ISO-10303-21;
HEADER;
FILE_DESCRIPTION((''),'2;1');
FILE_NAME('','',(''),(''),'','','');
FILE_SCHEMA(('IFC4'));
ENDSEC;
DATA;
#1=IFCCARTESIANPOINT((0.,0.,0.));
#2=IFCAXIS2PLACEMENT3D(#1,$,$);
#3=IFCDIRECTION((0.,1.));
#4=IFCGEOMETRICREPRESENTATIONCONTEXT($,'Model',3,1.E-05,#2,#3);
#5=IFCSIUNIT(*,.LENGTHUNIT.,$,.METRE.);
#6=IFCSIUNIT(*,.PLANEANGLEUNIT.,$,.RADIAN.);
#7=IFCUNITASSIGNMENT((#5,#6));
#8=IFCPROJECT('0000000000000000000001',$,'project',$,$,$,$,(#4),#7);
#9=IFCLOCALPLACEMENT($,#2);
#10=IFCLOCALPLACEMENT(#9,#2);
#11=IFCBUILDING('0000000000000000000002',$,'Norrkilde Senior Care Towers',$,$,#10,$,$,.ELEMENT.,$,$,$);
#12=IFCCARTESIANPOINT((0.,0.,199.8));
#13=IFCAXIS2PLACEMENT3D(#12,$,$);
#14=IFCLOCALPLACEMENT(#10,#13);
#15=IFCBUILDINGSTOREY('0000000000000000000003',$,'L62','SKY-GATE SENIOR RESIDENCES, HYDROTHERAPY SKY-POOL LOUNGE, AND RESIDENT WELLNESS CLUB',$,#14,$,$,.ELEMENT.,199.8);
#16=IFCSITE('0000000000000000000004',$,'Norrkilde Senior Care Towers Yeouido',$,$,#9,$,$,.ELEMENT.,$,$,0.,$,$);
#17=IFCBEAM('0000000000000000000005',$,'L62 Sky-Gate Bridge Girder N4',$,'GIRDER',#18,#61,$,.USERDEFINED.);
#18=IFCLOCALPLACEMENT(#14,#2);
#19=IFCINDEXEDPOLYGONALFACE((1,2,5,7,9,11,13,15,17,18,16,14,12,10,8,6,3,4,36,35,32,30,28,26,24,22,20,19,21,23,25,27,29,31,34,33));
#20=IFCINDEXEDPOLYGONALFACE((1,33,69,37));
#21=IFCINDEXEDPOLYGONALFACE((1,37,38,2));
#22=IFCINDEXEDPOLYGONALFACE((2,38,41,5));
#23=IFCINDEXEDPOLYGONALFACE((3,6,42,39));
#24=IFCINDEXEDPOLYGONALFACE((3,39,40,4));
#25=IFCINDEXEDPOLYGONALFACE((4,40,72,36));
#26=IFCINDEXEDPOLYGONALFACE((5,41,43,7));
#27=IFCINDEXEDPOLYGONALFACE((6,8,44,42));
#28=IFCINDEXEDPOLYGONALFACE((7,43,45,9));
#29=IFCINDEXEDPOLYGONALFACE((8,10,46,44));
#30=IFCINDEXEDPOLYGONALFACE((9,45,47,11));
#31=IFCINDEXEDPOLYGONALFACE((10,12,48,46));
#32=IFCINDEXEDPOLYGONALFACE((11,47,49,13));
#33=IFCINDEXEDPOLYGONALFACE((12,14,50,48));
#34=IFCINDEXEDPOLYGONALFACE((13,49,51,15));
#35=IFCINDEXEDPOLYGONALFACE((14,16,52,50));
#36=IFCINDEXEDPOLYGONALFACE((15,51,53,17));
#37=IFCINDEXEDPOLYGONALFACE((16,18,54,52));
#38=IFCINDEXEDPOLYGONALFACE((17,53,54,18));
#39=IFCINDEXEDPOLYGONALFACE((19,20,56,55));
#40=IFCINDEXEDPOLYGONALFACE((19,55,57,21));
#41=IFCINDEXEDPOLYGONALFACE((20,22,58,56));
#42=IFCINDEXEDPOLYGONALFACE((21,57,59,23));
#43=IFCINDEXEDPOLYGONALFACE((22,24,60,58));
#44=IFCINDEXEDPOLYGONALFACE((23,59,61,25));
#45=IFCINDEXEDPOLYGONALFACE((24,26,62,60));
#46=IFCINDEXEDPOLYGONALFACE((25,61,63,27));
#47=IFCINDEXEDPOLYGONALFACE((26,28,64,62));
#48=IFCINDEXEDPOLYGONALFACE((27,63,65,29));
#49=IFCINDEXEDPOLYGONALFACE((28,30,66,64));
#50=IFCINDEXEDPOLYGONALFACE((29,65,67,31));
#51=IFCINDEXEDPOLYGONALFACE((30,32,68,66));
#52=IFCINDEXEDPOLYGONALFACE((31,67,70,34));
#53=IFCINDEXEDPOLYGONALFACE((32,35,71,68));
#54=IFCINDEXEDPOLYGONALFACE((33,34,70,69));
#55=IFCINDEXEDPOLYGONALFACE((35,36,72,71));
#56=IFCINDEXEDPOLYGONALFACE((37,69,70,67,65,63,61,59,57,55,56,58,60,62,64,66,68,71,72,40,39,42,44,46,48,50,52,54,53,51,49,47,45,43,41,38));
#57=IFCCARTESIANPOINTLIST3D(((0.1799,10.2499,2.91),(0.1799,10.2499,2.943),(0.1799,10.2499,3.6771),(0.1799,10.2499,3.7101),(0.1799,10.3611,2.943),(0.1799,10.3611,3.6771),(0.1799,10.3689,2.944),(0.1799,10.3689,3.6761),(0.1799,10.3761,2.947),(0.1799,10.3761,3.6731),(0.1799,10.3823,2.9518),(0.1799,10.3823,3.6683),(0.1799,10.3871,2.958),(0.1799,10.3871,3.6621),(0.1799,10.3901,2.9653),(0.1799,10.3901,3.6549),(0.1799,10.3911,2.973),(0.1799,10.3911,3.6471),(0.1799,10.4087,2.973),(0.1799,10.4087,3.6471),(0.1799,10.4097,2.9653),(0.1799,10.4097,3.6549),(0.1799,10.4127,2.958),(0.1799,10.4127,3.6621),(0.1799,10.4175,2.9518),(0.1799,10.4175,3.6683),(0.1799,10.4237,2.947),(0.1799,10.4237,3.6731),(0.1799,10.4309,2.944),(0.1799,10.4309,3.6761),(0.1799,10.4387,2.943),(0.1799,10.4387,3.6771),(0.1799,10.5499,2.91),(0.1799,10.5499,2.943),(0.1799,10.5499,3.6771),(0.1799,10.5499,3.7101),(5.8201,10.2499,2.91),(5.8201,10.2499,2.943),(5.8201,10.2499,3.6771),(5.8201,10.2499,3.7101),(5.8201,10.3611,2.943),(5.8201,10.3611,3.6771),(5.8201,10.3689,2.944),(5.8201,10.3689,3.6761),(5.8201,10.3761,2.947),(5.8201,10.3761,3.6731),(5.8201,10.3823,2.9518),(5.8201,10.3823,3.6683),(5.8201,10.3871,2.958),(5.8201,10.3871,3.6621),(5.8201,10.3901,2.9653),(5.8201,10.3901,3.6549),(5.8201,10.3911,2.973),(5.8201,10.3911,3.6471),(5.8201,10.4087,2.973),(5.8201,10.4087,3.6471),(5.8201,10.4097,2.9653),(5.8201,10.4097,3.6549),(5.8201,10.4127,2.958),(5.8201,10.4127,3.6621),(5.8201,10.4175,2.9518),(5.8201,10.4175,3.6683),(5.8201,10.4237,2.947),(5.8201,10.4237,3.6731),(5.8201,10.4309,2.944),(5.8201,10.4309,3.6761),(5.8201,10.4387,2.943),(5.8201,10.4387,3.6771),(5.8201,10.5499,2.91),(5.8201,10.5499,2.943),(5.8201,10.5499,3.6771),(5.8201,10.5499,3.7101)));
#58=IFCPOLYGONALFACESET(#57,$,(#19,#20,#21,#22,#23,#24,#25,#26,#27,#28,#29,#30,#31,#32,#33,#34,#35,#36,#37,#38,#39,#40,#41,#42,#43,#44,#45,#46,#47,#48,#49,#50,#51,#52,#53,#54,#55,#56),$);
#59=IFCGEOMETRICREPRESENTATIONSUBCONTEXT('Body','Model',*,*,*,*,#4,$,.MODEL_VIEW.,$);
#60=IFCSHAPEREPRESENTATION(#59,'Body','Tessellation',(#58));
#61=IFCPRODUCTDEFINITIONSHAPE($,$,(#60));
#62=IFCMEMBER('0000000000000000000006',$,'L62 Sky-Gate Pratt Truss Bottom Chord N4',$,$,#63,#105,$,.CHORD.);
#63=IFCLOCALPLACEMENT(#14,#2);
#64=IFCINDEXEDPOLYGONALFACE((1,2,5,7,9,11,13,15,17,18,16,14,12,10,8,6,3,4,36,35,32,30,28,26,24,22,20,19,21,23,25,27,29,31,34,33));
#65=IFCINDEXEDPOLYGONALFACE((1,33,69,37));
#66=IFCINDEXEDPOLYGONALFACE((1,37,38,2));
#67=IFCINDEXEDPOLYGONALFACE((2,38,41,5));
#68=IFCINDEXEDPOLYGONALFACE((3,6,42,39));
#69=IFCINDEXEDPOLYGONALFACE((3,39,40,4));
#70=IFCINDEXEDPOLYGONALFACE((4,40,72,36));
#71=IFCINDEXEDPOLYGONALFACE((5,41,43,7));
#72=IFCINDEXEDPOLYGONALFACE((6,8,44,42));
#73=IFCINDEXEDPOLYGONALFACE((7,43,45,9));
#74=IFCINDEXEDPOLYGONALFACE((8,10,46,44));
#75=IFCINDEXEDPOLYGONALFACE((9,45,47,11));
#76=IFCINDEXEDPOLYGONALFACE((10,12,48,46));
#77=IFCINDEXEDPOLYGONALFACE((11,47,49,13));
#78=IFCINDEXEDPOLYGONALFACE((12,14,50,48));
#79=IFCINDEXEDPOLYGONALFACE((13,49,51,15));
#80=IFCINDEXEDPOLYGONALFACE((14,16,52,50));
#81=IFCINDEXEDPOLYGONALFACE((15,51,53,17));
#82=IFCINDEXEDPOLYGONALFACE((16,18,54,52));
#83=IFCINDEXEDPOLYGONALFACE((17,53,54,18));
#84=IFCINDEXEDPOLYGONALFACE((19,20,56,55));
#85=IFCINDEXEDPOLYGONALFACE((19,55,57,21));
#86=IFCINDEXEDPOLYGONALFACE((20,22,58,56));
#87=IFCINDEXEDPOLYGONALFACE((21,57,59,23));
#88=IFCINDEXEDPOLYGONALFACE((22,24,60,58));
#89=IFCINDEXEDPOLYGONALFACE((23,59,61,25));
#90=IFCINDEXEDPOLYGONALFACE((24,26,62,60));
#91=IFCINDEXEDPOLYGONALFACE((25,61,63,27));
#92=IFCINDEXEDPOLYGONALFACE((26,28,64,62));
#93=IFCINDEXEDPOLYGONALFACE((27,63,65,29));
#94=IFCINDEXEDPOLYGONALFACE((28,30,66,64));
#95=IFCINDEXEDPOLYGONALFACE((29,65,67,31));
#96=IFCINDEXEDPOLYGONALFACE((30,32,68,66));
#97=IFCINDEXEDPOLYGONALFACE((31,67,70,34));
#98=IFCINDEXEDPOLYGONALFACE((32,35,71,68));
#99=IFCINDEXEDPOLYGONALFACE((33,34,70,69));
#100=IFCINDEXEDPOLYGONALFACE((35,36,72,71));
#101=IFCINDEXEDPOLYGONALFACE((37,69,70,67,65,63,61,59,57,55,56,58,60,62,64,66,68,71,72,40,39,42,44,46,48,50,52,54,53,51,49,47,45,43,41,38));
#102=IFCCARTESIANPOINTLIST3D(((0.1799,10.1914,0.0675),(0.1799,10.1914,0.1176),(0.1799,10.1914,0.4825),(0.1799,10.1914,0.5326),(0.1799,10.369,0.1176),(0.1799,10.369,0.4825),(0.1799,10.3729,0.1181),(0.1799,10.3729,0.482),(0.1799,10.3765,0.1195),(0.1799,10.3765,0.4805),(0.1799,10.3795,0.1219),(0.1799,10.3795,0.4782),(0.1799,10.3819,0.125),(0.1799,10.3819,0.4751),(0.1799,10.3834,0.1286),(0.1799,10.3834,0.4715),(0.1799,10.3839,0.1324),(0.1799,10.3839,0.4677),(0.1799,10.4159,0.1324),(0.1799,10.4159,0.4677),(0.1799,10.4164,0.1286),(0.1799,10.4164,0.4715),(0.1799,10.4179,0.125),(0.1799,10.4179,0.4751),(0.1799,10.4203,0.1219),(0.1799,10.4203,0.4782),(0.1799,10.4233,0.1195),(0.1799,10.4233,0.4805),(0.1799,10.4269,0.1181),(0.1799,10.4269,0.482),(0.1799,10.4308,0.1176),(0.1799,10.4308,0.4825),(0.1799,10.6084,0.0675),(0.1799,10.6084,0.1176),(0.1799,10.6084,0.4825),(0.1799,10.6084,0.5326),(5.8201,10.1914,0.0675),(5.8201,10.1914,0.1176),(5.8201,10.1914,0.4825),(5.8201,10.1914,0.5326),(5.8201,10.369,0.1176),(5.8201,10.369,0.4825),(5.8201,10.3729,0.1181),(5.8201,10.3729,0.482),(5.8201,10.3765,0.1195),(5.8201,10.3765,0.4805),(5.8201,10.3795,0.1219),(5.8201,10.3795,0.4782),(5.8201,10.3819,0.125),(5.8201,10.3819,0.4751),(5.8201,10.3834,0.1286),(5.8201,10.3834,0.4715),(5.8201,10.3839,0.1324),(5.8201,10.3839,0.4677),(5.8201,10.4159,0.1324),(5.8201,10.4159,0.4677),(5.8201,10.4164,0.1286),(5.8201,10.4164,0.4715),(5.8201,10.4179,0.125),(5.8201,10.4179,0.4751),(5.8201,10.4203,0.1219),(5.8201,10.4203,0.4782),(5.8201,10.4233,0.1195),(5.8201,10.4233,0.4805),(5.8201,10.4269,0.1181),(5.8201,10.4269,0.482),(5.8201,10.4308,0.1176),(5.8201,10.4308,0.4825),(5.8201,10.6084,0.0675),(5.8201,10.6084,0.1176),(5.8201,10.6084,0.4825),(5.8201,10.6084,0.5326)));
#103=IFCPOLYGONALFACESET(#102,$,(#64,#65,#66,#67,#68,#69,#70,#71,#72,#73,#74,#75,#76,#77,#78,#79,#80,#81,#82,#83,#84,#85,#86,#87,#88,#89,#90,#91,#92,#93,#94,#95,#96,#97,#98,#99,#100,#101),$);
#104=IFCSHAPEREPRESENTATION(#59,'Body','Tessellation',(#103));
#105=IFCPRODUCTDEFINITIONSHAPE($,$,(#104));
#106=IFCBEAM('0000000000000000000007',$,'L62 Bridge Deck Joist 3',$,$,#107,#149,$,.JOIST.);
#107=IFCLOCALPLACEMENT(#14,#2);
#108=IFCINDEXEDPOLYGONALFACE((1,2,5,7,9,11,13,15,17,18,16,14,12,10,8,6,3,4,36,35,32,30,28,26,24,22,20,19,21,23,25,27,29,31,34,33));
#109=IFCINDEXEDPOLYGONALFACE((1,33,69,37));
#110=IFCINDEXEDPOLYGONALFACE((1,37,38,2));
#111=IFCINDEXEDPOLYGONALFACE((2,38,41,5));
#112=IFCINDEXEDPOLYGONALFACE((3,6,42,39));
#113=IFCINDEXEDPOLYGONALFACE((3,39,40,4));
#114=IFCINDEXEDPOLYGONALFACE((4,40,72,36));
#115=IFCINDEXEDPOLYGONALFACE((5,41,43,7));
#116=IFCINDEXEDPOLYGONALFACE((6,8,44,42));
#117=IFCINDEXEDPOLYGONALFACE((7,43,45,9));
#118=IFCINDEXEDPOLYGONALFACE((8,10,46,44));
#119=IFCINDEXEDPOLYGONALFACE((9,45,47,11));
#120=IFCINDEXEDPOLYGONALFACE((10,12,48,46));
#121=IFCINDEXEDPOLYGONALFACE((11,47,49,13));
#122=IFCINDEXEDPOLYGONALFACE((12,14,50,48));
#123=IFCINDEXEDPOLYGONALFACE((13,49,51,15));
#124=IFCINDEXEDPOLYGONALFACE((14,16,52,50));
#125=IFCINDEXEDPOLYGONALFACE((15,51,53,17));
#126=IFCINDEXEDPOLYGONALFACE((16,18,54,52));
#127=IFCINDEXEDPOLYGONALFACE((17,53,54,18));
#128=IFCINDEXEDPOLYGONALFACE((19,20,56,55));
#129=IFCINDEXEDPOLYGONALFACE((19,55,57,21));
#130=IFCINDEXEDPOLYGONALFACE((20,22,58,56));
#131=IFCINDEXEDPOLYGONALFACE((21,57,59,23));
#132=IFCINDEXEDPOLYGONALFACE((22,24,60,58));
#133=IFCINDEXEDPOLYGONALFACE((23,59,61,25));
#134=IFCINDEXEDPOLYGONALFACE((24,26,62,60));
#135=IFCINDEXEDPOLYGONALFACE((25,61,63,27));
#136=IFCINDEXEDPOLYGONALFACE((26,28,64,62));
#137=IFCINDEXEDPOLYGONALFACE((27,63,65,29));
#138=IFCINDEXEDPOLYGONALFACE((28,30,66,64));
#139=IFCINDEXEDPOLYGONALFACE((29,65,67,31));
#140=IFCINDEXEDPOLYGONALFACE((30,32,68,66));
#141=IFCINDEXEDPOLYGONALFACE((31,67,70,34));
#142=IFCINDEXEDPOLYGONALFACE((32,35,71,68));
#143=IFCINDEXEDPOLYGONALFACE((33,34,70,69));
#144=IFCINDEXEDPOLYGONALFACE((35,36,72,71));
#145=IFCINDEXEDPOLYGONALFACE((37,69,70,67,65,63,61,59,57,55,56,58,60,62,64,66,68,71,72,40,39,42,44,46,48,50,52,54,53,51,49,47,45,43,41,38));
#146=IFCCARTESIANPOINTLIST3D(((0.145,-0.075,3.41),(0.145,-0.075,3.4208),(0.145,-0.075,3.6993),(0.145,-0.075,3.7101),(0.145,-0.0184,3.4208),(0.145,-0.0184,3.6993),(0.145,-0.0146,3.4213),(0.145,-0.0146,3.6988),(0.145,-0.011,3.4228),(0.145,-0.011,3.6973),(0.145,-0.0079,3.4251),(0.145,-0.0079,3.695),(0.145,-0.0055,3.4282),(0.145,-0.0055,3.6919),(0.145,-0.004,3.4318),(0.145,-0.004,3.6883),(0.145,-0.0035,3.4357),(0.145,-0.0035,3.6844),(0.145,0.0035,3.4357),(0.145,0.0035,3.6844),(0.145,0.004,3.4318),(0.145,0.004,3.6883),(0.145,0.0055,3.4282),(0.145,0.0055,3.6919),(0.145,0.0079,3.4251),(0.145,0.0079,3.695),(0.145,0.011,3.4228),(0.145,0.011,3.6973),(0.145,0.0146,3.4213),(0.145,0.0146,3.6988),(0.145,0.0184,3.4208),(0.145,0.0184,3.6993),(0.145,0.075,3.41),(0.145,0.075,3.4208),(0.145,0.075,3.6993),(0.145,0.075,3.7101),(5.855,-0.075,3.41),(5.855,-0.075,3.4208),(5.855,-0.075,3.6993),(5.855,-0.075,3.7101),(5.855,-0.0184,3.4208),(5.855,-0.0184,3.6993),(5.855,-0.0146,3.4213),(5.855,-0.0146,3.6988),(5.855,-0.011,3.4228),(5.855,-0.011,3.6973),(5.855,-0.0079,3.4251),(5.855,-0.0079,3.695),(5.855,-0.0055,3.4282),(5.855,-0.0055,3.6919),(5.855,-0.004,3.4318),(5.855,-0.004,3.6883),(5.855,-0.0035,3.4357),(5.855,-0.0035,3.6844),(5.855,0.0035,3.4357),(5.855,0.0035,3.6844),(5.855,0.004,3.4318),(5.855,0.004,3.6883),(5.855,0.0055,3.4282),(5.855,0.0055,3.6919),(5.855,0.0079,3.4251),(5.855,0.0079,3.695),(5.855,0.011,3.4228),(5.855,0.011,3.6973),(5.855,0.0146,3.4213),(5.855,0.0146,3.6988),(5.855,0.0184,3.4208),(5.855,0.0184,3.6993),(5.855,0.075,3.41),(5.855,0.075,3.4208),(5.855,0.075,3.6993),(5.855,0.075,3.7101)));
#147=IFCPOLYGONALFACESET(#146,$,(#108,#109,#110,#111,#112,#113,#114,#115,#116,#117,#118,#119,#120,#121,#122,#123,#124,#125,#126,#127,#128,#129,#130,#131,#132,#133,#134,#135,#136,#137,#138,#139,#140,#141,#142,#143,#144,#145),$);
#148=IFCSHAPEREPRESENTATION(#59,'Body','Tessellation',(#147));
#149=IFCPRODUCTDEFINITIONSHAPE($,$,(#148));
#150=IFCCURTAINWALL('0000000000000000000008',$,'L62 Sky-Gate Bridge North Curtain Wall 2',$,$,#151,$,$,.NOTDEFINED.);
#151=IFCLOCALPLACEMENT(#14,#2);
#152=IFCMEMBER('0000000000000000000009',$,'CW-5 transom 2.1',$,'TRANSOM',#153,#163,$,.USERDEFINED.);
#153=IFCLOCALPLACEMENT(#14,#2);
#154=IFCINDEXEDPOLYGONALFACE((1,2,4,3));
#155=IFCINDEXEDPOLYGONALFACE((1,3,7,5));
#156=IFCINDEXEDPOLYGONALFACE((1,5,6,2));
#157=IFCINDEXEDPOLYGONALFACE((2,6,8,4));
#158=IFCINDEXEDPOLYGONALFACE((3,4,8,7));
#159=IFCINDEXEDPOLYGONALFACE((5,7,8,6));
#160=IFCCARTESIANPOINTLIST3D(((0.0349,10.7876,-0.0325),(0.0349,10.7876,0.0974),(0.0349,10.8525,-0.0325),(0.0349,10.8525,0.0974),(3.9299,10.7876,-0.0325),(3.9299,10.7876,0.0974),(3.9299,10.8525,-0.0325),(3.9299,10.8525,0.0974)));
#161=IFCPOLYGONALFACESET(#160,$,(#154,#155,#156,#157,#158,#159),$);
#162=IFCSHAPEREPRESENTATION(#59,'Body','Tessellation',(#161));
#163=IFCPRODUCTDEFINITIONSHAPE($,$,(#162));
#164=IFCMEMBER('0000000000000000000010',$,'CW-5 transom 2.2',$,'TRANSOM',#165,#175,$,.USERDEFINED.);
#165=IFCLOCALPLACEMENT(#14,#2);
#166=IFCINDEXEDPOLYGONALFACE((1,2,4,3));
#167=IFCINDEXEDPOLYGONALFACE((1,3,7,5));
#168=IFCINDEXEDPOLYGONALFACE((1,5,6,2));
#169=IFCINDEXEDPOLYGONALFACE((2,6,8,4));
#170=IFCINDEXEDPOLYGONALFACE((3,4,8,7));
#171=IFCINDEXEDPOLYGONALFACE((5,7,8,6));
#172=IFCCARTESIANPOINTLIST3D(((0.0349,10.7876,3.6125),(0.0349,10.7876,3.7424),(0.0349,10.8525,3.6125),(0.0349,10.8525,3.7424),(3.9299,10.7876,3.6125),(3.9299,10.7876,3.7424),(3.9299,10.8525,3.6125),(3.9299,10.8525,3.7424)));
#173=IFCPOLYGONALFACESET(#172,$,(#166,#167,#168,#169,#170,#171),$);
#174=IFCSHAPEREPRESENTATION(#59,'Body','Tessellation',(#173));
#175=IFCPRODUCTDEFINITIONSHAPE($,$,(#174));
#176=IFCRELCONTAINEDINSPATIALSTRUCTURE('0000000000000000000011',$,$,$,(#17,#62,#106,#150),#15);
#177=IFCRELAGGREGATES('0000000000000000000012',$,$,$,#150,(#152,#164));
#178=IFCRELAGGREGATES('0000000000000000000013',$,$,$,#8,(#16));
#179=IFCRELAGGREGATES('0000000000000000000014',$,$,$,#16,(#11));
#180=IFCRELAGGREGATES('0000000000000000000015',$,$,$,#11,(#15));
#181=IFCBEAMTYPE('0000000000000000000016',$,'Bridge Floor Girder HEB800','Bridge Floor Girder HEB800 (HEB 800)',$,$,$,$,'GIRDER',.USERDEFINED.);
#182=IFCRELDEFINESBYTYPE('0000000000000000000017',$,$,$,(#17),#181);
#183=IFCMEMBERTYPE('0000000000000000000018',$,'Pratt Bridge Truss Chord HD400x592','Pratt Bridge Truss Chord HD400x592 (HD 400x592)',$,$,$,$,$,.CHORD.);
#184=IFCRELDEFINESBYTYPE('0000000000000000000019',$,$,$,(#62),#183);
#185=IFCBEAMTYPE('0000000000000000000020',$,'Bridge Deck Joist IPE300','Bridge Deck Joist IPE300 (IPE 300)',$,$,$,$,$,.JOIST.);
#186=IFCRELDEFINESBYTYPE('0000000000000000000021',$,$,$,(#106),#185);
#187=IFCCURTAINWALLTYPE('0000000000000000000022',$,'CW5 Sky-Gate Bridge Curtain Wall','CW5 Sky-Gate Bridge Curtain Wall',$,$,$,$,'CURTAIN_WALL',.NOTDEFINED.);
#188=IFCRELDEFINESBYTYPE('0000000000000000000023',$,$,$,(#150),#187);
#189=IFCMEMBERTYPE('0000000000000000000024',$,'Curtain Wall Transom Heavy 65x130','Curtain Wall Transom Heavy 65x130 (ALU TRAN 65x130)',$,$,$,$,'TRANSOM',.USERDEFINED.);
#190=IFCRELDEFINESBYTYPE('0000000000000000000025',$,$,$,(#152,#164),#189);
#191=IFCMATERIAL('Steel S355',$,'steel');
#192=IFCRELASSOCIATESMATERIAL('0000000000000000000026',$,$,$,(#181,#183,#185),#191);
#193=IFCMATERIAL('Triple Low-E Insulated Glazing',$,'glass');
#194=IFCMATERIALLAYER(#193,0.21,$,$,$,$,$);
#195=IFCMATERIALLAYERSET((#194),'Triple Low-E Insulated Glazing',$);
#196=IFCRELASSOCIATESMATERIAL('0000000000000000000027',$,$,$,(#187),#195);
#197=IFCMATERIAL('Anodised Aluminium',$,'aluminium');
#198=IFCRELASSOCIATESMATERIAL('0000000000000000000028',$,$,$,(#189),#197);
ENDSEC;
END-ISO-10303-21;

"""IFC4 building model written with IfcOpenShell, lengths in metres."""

from ifc_helpers import new_model, si_unit, direction, frame, origin, origin_2d, place, context, subcontext, project, spatial, rectangle, i_section, extrude, source, transform, mapped, material, layer, layer_set, material_profile, profile_set, type_object, type_shapes, element, aggregate, save


model = new_model("IFC4")

# Units and contexts
model_context = context("Model", 3, precision=1e-05, world=origin(), true_north=direction((0.0, 1.0)))
body_context = subcontext(model_context, "Body", "Model", "MODEL_VIEW")
ifc_project = project(units=[si_unit("LENGTHUNIT", "METRE"), si_unit("PLANEANGLEUNIT", "RADIAN")], contexts=[model_context])

# Site, building, storey
site_placement = place(None, origin())
site = spatial("IfcSite", under=ifc_project, at=site_placement, Name="Norrkilde Senior Care Towers Yeouido", CompositionType="ELEMENT", RefElevation=0.0)
building_placement = place(site_placement, origin())
building = spatial("IfcBuilding", under=site, at=building_placement, Name="Norrkilde Senior Care Towers", CompositionType="ELEMENT")
storey_placement = place(building_placement, frame((0.0, 0.0, 199.8)))
storey = spatial("IfcBuildingStorey", under=building, at=storey_placement, Name="L62", Description="SKY-GATE SENIOR RESIDENCES, HYDROTHERAPY SKY-POOL LOUNGE, AND RESIDENT WELLNESS CLUB", CompositionType="ELEMENT", Elevation=199.8)

# Beam
ifc_material_1 = material(Name="Steel S355", Category="steel")
ifc_material_profile_1 = material_profile(ifc_material_1, i_section(OverallWidth=0.3, OverallDepth=0.8, WebThickness=0.0176, FlangeThickness=0.033, FilletRadius=0.03, at=origin_2d()), Name="HEB 800")
ifc_profile_set_1 = profile_set([ifc_material_profile_1], Name="Steel S355")
beam_type_1 = type_object("IfcBeamType", Name="Bridge Floor Girder HEB800", Description="Bridge Floor Girder HEB800 (HEB 800)", ElementType="GIRDER", PredefinedType="USERDEFINED", material=ifc_profile_set_1)
shared_shape_1 = source(origin(), body_context, "Body", "SweptSolid", [
    extrude(i_section(OverallWidth=0.3, OverallDepth=0.8, WebThickness=0.0176, FlangeThickness=0.033, FilletRadius=0.03, at=origin_2d()), origin(), (0.0, 0.0, 1.0), 5.6401),
])
type_shapes(beam_type_1, [shared_shape_1])
beam_1_placement = place(storey_placement, frame((0.1799, 10.3999, 3.3101), z_axis=(1.0, 0.0, 0.0), x_axis=(0.0, 1.0, 0.0)))
element("IfcBeam", 1, at=beam_1_placement, inside=storey, type_object=beam_type_1, Name="L62 Sky-Gate Bridge Girder N4", ObjectType="GIRDER", PredefinedType="USERDEFINED", context=body_context, shape_type="MappedRepresentation", body=[
    mapped(shared_shape_1, transform((0.0, 0.0, 0.0), x_axis=(1.0, 0.0, 0.0), y_axis=(0.0, 1.0, 0.0), z_axis=(0.0, 0.0, 1.0), scale=1.0)),
])

# Member
ifc_material_profile_2 = material_profile(ifc_material_1, i_section(OverallWidth=0.417, OverallDepth=0.4651, WebThickness=0.032, FlangeThickness=0.05, FilletRadius=0.0149, at=origin_2d()), Name="HD 400x592")
ifc_profile_set_2 = profile_set([ifc_material_profile_2], Name="Steel S355")
member_type_1 = type_object("IfcMemberType", Name="Pratt Bridge Truss Chord HD400x592", Description="Pratt Bridge Truss Chord HD400x592 (HD 400x592)", PredefinedType="CHORD", material=ifc_profile_set_2)
shared_shape_2 = source(origin(), body_context, "Body", "SweptSolid", [
    extrude(i_section(OverallWidth=0.417, OverallDepth=0.4651, WebThickness=0.032, FlangeThickness=0.05, FilletRadius=0.0149, at=origin_2d()), origin(), (0.0, 0.0, 1.0), 5.6401),
])
type_shapes(member_type_1, [shared_shape_2])
member_1_placement = place(storey_placement, frame((0.1799, 10.3999, 0.3), z_axis=(1.0, 0.0, 0.0), x_axis=(0.0, 1.0, 0.0)))
element("IfcMember", 2, at=member_1_placement, inside=storey, type_object=member_type_1, Name="L62 Sky-Gate Pratt Truss Bottom Chord N4", PredefinedType="CHORD", context=body_context, shape_type="MappedRepresentation", body=[
    mapped(shared_shape_2, transform((0.0, 0.0, 0.0), x_axis=(1.0, 0.0, 0.0), y_axis=(0.0, 1.0, 0.0), z_axis=(0.0, 0.0, 1.0), scale=1.0)),
])

# Beam
ifc_material_profile_3 = material_profile(ifc_material_1, i_section(OverallWidth=0.1499, OverallDepth=0.3, WebThickness=0.0071, FlangeThickness=0.0107, FilletRadius=0.0149, at=origin_2d()), Name="IPE 300")
ifc_profile_set_3 = profile_set([ifc_material_profile_3], Name="Steel S355")
beam_type_2 = type_object("IfcBeamType", Name="Bridge Deck Joist IPE300", Description="Bridge Deck Joist IPE300 (IPE 300)", PredefinedType="JOIST", material=ifc_profile_set_3)
shared_shape_3 = source(origin(), body_context, "Body", "SweptSolid", [
    extrude(i_section(OverallWidth=0.1499, OverallDepth=0.3, WebThickness=0.0071, FlangeThickness=0.0107, FilletRadius=0.0149, at=origin_2d()), origin(), (0.0, 0.0, 1.0), 5.71),
])
type_shapes(beam_type_2, [shared_shape_3])
beam_2_placement = place(storey_placement, frame((0.145, 0.0, 3.5601), z_axis=(1.0, 0.0, 0.0), x_axis=(0.0, 1.0, 0.0)))
element("IfcBeam", 3, at=beam_2_placement, inside=storey, type_object=beam_type_2, Name="L62 Bridge Deck Joist 3", PredefinedType="JOIST", context=body_context, shape_type="MappedRepresentation", body=[
    mapped(shared_shape_3, transform((0.0, 0.0, 0.0), x_axis=(1.0, 0.0, 0.0), y_axis=(0.0, 1.0, 0.0), z_axis=(0.0, 0.0, 1.0), scale=1.0)),
])

# Curtain wall, members
ifc_material_2 = material(Name="Triple Low-E Insulated Glazing", Category="glass")
ifc_layer_1 = layer(ifc_material_2, 0.21)
ifc_layer_set_1 = layer_set([ifc_layer_1], Name="Triple Low-E Insulated Glazing")
curtain_wall_type = type_object("IfcCurtainWallType", Name="CW5 Sky-Gate Bridge Curtain Wall", Description="CW5 Sky-Gate Bridge Curtain Wall", ElementType="CURTAIN_WALL", PredefinedType="NOTDEFINED", material=ifc_layer_set_1)
curtain_wall_placement = place(storey_placement, origin())
curtain_wall = element("IfcCurtainWall", 4, at=curtain_wall_placement, inside=storey, type_object=curtain_wall_type, Name="L62 Sky-Gate Bridge North Curtain Wall 2", PredefinedType="NOTDEFINED")
ifc_material_3 = material(Name="Anodised Aluminium", Category="aluminium")
ifc_material_profile_4 = material_profile(ifc_material_3, rectangle(XDim=0.0649, YDim=0.1299, at=origin_2d()), Name="ALU TRAN 65x130")
ifc_profile_set_4 = profile_set([ifc_material_profile_4], Name="Anodised Aluminium")
member_type_2 = type_object("IfcMemberType", Name="Curtain Wall Transom Heavy 65x130", Description="Curtain Wall Transom Heavy 65x130 (ALU TRAN 65x130)", ElementType="TRANSOM", PredefinedType="USERDEFINED", material=ifc_profile_set_4)
shared_shape_4 = source(origin(), body_context, "Body", "SweptSolid", [
    extrude(rectangle(XDim=0.0649, YDim=0.1299, at=origin_2d()), origin(), (0.0, 0.0, 1.0), 3.895),
])
type_shapes(member_type_2, [shared_shape_4])
member_2_placement = place(storey_placement, frame((0.0349, 10.8201, 0.0325), z_axis=(1.0, 0.0, 0.0), x_axis=(0.0, 1.0, 0.0)))
member_2 = element("IfcMember", 5, at=member_2_placement, type_object=member_type_2, Name="CW-5 transom 2.1", ObjectType="TRANSOM", PredefinedType="USERDEFINED", context=body_context, shape_type="MappedRepresentation", body=[
    mapped(shared_shape_4, transform((0.0, 0.0, 0.0), x_axis=(1.0, 0.0, 0.0), y_axis=(0.0, 1.0, 0.0), z_axis=(0.0, 0.0, 1.0), scale=1.0)),
])
member_3_placement = place(storey_placement, frame((0.0349, 10.8201, 3.6775), z_axis=(1.0, 0.0, 0.0), x_axis=(0.0, 1.0, 0.0)))
member_3 = element("IfcMember", 6, at=member_3_placement, type_object=member_type_2, Name="CW-5 transom 2.2", ObjectType="TRANSOM", PredefinedType="USERDEFINED", context=body_context, shape_type="MappedRepresentation", body=[
    mapped(shared_shape_4, transform((0.0, 0.0, 0.0), x_axis=(1.0, 0.0, 0.0), y_axis=(0.0, 1.0, 0.0), z_axis=(0.0, 0.0, 1.0), scale=1.0)),
])

aggregate(curtain_wall, [member_2, member_3])

save(model, "model.ifc")
